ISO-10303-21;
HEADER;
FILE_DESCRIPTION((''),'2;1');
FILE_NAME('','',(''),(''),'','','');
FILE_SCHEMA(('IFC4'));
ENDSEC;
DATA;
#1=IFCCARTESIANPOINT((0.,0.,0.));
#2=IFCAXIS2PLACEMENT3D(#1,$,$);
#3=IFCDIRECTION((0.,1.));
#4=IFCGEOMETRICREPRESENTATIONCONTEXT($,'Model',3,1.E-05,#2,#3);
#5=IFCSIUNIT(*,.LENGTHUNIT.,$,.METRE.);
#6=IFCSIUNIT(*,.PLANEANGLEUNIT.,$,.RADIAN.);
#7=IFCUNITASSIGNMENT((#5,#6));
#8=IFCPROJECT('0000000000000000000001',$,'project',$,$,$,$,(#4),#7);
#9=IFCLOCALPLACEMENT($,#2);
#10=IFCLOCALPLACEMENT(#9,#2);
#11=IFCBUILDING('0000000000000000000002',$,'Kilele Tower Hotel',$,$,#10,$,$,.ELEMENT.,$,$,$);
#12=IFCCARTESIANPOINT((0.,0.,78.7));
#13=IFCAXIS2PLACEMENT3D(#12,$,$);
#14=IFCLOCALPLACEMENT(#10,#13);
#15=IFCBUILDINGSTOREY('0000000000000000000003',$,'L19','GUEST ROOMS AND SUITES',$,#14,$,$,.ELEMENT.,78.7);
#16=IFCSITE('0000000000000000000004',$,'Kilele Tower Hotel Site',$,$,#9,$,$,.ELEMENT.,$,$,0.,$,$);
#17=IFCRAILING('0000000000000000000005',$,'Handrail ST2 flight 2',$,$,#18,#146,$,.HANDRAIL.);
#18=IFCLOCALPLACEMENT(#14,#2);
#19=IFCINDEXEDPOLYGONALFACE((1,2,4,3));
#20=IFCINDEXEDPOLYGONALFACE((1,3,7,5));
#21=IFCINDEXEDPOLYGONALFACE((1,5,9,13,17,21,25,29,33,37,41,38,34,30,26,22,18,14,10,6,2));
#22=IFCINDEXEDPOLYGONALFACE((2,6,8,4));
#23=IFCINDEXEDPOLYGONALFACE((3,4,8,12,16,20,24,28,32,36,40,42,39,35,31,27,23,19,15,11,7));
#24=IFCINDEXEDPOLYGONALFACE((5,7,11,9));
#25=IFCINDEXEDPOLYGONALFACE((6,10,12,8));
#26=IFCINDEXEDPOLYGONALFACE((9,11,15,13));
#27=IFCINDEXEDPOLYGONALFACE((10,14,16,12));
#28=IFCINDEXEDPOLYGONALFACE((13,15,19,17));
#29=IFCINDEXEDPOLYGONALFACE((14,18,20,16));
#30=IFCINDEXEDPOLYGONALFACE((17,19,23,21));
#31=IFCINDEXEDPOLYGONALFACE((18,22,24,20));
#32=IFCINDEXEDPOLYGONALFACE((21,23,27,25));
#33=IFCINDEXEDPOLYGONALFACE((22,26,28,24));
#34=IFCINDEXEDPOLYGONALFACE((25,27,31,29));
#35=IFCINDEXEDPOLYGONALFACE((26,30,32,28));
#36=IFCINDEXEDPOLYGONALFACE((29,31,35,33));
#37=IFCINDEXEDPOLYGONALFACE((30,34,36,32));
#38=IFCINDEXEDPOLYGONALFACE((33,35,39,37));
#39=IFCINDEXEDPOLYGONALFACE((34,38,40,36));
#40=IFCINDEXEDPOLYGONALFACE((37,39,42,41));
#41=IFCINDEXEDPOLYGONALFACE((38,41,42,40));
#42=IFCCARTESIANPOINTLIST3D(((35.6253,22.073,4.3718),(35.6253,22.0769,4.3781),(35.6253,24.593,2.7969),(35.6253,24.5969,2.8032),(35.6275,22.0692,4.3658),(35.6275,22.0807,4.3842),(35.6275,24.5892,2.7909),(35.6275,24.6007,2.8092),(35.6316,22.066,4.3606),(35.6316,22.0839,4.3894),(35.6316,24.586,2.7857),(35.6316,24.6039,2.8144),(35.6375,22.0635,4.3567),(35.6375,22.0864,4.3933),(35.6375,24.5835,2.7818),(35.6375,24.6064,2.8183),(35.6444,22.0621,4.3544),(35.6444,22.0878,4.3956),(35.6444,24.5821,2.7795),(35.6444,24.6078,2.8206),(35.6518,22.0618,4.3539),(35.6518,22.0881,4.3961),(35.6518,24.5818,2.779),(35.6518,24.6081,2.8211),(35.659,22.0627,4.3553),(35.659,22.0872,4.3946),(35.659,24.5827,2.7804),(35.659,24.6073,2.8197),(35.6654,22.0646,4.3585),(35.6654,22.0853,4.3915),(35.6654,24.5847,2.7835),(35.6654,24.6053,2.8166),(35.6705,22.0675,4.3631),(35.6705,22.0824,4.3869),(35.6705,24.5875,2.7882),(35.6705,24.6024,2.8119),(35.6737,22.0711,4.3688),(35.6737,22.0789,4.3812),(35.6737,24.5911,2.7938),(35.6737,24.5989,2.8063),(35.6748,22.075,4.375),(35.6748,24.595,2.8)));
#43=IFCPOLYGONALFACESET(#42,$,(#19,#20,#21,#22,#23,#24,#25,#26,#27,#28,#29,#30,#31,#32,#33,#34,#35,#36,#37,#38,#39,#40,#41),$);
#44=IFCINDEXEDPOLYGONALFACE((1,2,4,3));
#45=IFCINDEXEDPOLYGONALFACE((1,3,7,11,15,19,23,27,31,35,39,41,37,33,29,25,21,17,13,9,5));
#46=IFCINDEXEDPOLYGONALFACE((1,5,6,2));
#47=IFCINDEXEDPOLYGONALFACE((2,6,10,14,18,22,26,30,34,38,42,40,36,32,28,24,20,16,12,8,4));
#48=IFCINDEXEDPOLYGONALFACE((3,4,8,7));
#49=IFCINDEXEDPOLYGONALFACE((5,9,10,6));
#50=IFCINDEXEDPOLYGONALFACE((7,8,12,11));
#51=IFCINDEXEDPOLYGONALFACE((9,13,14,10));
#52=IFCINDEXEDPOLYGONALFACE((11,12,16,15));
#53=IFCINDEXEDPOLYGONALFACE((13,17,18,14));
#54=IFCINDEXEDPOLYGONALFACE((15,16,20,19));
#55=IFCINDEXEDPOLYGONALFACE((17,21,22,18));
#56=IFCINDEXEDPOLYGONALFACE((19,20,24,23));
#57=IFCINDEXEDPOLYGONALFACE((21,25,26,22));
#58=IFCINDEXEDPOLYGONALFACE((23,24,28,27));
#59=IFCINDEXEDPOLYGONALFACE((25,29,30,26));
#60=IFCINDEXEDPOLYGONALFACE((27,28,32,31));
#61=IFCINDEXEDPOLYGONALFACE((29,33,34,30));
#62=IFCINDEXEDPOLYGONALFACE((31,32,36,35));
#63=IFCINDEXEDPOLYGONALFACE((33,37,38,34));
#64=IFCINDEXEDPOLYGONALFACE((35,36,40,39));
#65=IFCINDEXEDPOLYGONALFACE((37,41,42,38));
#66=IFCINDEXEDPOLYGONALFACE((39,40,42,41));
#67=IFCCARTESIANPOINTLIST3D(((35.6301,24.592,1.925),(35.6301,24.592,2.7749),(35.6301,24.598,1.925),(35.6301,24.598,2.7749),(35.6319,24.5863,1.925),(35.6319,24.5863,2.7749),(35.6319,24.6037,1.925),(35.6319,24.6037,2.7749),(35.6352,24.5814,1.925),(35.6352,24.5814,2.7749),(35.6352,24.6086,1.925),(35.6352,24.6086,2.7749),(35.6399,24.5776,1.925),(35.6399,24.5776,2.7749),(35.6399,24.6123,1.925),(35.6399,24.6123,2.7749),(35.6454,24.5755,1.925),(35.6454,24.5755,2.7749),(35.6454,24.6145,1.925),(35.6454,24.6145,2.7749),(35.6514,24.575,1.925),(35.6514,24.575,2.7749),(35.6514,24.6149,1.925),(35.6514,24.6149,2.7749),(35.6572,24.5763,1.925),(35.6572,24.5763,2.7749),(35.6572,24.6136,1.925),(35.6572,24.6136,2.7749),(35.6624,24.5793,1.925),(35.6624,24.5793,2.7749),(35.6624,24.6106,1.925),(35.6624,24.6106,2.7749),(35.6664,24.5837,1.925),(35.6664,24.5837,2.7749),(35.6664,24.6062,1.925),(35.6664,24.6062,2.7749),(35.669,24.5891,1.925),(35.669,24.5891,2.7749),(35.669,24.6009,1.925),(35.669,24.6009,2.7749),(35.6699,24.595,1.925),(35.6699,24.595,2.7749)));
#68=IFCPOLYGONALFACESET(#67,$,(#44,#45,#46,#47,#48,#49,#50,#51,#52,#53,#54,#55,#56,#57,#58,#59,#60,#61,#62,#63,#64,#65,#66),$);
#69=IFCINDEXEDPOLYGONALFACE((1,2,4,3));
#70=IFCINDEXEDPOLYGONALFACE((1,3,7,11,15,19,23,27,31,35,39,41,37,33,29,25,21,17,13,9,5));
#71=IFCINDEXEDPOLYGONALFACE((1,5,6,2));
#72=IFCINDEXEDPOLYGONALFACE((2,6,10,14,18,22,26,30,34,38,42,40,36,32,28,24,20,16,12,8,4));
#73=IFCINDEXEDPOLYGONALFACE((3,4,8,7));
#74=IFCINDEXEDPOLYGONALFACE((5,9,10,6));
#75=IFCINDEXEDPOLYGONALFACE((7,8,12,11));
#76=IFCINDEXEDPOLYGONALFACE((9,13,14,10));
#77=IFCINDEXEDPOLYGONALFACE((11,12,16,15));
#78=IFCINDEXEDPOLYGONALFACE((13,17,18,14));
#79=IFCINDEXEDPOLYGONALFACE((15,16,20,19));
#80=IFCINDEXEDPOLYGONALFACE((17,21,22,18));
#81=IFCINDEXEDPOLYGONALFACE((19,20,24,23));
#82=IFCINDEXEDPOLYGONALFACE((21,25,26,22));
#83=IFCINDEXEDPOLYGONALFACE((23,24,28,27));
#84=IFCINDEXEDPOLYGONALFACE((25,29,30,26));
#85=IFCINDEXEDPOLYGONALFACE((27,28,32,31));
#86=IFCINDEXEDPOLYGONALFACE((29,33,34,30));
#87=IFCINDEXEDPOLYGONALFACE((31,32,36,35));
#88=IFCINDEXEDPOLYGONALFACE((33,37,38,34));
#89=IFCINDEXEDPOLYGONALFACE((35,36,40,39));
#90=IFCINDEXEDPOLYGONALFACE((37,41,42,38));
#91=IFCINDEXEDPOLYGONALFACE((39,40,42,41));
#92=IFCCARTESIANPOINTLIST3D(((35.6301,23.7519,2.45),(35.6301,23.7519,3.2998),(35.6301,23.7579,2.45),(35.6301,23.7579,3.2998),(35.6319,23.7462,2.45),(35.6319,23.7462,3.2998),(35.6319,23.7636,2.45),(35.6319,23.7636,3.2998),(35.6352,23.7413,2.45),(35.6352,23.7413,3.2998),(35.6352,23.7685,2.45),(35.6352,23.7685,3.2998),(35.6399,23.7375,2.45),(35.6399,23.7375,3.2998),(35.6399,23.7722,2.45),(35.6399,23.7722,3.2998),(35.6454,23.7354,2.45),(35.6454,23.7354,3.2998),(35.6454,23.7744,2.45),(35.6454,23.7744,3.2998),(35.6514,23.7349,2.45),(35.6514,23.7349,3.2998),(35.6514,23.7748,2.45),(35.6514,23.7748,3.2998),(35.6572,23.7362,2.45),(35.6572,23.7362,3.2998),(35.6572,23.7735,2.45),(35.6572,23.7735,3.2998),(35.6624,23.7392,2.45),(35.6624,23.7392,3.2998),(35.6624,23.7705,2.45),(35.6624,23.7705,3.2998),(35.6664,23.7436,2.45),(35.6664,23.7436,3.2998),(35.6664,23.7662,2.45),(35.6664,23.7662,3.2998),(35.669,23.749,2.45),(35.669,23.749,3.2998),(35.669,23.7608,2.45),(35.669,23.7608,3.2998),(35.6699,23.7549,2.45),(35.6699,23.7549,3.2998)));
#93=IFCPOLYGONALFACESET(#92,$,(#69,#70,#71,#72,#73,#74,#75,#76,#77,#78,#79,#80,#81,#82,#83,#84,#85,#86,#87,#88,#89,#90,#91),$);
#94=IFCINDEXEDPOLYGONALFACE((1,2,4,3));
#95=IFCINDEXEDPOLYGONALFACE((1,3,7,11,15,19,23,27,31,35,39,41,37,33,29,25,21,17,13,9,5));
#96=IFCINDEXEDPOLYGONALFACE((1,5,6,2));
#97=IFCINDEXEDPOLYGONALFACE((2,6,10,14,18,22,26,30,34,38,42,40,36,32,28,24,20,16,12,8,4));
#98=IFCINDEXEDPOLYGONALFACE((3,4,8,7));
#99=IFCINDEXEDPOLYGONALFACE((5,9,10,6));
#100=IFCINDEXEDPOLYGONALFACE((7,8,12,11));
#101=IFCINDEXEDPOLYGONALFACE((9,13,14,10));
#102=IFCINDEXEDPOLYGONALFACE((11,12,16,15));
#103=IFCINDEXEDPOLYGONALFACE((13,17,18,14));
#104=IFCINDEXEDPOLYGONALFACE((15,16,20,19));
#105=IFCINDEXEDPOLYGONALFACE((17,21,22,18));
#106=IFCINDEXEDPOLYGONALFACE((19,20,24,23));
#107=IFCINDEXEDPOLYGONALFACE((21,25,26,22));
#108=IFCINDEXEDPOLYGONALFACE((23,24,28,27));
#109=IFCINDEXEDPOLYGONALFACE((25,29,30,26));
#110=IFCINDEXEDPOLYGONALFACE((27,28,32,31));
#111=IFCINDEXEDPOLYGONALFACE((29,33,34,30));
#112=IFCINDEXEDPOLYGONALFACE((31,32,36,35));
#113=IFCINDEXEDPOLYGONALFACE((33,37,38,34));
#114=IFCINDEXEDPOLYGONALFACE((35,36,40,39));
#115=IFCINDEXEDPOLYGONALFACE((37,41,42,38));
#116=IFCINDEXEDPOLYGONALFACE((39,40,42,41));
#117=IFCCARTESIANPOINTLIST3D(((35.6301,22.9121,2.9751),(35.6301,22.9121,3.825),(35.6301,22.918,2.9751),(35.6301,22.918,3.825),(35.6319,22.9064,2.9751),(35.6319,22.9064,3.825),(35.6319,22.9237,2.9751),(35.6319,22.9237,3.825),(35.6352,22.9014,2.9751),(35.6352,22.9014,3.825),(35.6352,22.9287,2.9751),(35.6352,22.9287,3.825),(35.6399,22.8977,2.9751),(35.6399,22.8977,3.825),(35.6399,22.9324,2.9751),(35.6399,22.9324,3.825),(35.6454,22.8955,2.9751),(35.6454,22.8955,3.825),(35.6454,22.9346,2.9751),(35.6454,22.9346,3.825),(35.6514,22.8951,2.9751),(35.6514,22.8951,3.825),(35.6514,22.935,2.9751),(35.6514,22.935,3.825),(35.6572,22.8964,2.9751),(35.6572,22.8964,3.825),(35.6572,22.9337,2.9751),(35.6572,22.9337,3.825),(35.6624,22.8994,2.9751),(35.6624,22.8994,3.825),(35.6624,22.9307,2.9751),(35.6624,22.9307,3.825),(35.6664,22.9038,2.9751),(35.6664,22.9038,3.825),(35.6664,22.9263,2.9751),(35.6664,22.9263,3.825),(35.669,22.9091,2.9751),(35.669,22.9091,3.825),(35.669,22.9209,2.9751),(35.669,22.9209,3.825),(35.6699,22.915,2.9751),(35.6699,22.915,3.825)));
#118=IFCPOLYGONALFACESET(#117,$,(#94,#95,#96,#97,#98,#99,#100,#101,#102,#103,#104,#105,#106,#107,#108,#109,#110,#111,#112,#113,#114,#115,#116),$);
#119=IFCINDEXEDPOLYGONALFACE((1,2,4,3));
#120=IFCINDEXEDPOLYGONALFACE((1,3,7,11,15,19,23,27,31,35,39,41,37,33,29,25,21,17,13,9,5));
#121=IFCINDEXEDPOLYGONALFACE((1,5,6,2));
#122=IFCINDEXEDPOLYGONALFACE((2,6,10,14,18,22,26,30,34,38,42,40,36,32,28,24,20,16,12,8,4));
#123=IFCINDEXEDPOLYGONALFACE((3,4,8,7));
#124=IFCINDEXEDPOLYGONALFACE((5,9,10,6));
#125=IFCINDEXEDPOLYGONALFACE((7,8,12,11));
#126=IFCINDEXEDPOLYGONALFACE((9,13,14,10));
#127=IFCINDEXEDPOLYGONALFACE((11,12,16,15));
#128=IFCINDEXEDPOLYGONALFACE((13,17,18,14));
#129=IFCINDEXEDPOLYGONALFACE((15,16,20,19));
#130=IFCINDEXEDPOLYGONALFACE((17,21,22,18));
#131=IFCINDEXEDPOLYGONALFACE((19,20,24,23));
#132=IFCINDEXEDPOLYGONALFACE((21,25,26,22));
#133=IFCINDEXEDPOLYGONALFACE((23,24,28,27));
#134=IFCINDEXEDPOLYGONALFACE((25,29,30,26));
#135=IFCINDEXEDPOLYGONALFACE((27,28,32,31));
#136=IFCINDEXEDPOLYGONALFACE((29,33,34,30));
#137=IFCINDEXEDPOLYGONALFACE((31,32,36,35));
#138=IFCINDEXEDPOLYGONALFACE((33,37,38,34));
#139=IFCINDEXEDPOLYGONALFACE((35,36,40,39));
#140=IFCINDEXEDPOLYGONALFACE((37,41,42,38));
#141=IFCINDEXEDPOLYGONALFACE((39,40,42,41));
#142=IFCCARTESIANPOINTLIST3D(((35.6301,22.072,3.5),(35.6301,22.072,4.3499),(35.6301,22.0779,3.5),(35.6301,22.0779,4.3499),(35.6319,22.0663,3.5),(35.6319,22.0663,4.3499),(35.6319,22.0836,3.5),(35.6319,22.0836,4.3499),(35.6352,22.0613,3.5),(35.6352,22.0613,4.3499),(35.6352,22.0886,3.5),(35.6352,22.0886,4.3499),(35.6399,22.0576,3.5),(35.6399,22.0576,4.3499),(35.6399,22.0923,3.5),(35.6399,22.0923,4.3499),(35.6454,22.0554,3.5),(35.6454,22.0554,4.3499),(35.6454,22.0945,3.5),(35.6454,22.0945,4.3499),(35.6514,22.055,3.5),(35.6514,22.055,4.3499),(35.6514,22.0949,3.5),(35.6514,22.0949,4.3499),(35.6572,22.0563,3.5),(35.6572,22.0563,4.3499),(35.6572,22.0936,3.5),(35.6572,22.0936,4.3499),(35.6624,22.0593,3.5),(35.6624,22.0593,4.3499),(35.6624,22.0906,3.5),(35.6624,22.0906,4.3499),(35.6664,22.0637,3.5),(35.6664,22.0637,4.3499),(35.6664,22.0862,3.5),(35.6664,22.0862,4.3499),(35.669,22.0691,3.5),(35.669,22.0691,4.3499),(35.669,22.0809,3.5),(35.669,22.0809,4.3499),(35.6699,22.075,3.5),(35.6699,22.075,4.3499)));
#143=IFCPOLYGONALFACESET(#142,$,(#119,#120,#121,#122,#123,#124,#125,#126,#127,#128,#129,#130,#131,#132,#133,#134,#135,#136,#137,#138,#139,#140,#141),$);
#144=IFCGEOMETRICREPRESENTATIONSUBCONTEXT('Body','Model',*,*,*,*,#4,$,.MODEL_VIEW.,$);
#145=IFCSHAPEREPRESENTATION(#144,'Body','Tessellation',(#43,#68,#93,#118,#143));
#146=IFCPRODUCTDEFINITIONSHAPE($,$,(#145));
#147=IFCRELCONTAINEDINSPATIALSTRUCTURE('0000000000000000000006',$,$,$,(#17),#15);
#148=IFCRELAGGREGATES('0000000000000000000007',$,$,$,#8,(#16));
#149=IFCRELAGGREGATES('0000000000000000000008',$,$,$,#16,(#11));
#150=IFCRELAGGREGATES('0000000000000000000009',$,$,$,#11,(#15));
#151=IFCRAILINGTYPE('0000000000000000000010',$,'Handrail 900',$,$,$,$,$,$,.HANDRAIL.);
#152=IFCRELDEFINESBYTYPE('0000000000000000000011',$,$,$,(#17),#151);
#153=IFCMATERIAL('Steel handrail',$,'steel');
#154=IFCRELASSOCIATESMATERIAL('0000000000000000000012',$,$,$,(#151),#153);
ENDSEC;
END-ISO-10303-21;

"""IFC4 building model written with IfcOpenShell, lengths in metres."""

from ifc_helpers import new_model, si_unit, direction, frame, origin, origin_2d, place, context, subcontext, project, spatial, circle, extrude, material, type_object, element, save


model = new_model("IFC4")

# Units and contexts
model_context = context("Model", 3, precision=1e-05, world=origin(), true_north=direction((0.0, 1.0)))
body_context = subcontext(model_context, "Body", "Model", "MODEL_VIEW")
ifc_project = project(units=[si_unit("LENGTHUNIT", "METRE"), si_unit("PLANEANGLEUNIT", "RADIAN")], contexts=[model_context])

# Site, building, storey
site_placement = place(None, origin())
site = spatial("IfcSite", under=ifc_project, at=site_placement, Name="Kilele Tower Hotel Site", CompositionType="ELEMENT", RefElevation=0.0)
building_placement = place(site_placement, origin())
building = spatial("IfcBuilding", under=site, at=building_placement, Name="Kilele Tower Hotel", CompositionType="ELEMENT")
storey_placement = place(building_placement, frame((0.0, 0.0, 78.7)))
storey = spatial("IfcBuildingStorey", under=building, at=storey_placement, Name="L19", Description="GUEST ROOMS AND SUITES", CompositionType="ELEMENT", Elevation=78.7)

# Railing
ifc_material_1 = material(Name="Steel handrail", Category="steel")
railing_type_1 = type_object("IfcRailingType", Name="Handrail 900", PredefinedType="HANDRAIL", material=ifc_material_1)
for number, where, name in (
    (1, (35.6499, 24.595, 1.925), "Handrail ST2 flight 2"),
):
    element("IfcRailing", number, at=place(storey_placement, frame(where)), inside=storey, type_object=railing_type_1, Name=name, PredefinedType="HANDRAIL", context=body_context, shape_type="SweptSolid", body=[
        extrude(circle(Radius=0.0249, at=origin_2d()), frame((0.0, 0.0, 0.875), z_axis=(0.0, -0.848008, 0.529984), x_axis=(1.0, 0.0, 0.0)), (0.0, 0.0, 1.0), 2.9717),
        extrude(circle(Radius=0.02, at=origin_2d()), origin(), (0.0, 0.0, 1.0), 0.8499),
        extrude(circle(Radius=0.02, at=origin_2d()), frame((0.0, -0.8401, 0.5249)), (0.0, 0.0, 1.0), 0.8499),
        extrude(circle(Radius=0.02, at=origin_2d()), frame((0.0, -1.6799, 1.05)), (0.0, 0.0, 1.0), 0.8499),
        extrude(circle(Radius=0.02, at=origin_2d()), frame((0.0, -2.52, 1.575)), (0.0, 0.0, 1.0), 0.8499),
    ])

save(model, "model.ifc")
